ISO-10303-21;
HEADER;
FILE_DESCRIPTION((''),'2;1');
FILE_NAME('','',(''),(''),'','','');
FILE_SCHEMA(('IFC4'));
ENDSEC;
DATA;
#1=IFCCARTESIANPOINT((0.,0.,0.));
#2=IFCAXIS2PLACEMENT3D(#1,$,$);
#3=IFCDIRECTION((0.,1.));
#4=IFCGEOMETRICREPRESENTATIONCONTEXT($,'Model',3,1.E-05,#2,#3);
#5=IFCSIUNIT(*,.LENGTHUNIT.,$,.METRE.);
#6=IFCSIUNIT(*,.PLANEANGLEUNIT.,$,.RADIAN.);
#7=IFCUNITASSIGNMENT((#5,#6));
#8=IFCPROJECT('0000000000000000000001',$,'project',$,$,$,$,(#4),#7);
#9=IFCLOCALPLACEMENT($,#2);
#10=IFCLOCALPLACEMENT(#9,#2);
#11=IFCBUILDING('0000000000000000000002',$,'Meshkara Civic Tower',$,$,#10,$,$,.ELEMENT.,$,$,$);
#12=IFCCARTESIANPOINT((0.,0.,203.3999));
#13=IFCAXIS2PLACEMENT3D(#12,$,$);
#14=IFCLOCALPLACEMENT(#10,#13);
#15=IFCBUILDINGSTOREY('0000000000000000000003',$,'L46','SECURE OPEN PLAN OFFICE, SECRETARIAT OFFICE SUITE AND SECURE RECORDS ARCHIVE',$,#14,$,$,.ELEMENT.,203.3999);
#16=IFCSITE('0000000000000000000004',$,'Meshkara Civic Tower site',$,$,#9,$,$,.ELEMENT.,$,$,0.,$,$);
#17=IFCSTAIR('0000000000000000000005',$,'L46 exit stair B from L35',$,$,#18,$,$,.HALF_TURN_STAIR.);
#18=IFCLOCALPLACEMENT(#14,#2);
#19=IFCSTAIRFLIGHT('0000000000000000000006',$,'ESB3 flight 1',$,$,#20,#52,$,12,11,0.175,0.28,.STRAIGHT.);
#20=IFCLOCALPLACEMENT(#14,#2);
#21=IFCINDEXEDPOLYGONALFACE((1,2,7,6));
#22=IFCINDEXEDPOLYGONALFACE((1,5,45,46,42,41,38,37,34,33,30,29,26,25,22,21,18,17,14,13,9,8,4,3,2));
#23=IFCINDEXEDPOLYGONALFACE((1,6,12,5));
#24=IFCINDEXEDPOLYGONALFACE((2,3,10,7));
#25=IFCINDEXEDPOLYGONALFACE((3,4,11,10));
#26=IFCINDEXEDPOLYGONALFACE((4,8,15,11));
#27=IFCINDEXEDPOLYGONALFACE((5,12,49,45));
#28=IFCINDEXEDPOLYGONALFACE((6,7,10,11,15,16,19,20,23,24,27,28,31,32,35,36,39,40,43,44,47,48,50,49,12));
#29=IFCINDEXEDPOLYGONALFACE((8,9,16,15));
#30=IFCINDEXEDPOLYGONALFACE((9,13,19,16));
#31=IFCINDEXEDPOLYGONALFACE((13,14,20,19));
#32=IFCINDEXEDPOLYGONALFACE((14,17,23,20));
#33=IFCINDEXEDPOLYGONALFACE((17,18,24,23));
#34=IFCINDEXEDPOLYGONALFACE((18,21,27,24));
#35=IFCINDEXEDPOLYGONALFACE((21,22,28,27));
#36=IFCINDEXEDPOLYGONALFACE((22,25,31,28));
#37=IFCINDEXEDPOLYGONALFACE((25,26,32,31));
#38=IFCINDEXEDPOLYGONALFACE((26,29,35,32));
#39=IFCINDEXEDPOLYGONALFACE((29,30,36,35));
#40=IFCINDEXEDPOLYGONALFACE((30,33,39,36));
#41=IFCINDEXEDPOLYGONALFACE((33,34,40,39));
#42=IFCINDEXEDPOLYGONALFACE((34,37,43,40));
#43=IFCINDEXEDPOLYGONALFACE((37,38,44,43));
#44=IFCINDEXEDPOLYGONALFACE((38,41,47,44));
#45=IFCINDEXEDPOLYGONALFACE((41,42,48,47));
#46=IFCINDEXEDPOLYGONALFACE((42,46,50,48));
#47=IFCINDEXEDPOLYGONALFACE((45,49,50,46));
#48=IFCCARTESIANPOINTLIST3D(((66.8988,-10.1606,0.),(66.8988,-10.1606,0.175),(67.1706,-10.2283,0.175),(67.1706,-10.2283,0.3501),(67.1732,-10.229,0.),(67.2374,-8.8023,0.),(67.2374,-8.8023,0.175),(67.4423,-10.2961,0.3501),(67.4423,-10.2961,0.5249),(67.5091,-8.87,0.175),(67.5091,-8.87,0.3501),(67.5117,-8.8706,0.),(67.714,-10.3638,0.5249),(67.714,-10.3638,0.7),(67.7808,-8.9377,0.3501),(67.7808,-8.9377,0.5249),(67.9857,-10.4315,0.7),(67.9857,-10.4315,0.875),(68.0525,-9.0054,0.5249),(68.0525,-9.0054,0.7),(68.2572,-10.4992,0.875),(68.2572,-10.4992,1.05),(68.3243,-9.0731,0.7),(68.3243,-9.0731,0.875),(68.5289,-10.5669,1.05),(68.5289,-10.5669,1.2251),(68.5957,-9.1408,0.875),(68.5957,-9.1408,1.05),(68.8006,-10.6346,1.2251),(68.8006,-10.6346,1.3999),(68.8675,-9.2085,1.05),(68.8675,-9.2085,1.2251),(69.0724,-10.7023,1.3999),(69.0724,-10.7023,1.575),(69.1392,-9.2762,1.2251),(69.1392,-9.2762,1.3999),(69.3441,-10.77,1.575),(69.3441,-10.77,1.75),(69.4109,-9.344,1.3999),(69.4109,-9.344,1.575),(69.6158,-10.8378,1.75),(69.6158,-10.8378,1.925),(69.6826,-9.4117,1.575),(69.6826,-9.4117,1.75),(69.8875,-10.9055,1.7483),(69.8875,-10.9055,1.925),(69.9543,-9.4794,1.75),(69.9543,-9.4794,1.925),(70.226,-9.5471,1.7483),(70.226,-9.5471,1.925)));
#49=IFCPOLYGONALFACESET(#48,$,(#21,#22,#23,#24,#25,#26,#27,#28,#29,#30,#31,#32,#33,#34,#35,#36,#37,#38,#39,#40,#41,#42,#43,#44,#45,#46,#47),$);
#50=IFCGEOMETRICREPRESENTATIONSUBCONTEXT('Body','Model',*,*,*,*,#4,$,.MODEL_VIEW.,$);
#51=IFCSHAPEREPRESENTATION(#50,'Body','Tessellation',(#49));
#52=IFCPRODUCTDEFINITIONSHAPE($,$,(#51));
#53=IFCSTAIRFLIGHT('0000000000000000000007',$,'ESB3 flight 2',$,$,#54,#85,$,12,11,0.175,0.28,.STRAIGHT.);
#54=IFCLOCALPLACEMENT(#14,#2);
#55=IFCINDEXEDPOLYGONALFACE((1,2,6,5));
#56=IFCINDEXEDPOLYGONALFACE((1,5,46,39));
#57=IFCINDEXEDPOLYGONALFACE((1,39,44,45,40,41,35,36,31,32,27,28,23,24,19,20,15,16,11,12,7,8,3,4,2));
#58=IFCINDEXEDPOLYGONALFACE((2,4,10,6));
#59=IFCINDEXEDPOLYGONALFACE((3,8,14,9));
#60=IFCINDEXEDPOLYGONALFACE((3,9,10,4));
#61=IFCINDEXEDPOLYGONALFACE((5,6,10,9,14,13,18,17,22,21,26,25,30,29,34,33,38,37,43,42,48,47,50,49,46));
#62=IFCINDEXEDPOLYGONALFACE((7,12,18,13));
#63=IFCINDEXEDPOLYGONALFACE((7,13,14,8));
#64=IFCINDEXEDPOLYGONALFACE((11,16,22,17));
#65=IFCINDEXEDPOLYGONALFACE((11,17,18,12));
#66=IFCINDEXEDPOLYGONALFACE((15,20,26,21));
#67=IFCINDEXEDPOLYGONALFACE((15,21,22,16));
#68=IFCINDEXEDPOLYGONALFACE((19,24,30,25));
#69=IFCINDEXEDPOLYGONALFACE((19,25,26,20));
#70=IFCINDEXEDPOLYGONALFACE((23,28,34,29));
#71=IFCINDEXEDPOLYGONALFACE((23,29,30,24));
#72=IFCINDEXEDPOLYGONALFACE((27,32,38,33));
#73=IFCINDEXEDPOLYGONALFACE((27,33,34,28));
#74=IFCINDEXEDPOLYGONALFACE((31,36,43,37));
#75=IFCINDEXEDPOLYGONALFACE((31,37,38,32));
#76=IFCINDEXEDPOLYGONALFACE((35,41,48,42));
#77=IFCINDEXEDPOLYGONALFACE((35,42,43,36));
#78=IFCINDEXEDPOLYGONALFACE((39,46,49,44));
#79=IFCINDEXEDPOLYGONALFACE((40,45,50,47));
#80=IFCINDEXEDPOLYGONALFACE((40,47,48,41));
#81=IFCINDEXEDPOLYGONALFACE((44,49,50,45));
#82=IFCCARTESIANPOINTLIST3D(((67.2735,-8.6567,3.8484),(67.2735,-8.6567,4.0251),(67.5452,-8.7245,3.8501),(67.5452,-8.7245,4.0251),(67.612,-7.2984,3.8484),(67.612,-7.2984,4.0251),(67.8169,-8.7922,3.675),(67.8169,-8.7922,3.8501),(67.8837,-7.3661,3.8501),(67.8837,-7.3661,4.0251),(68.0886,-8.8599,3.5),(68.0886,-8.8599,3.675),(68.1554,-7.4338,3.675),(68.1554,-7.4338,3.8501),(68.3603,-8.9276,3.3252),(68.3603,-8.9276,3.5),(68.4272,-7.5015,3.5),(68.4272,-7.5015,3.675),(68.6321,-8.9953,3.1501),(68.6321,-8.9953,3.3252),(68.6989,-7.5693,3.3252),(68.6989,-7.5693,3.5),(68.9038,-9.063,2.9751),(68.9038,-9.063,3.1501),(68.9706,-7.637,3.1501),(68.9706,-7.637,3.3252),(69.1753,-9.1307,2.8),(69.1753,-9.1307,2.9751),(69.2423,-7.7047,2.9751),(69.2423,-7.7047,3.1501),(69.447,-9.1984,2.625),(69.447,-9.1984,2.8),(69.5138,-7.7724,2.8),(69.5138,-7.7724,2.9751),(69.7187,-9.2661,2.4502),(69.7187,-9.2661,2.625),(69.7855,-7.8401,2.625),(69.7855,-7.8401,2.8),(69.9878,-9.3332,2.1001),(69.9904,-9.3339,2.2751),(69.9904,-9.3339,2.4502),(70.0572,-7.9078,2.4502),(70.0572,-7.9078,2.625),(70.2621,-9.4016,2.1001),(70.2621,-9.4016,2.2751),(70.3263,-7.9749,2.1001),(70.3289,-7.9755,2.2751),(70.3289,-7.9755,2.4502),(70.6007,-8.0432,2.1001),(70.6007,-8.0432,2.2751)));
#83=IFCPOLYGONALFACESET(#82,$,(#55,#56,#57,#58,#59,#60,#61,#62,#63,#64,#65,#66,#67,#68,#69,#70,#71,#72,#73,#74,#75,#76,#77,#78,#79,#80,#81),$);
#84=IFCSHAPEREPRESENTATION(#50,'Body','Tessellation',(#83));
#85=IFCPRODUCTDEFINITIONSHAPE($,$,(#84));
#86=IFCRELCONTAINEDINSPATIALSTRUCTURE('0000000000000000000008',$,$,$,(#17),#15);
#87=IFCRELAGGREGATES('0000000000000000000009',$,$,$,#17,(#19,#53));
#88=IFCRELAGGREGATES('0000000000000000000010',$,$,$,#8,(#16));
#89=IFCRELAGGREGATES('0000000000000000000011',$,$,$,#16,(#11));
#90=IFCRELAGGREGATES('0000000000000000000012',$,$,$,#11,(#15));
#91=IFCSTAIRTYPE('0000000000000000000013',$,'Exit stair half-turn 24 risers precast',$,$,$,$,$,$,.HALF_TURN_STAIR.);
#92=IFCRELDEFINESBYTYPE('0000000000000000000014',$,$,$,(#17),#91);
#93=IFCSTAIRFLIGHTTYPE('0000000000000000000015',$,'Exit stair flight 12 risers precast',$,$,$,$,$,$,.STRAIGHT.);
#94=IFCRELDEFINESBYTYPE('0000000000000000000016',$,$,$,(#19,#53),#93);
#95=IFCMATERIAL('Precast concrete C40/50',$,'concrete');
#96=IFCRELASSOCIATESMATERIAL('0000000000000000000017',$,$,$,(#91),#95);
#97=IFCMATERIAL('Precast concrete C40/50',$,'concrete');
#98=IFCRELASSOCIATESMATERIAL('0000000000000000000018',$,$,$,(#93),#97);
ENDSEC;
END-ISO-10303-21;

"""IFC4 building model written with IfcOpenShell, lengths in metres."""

from ifc_helpers import new_model, si_unit, direction, frame, origin, place, context, subcontext, project, spatial, polyline, outline, extrude, material, type_object, element, aggregate, save


model = new_model("IFC4")

# Units and contexts
model_context = context("Model", 3, precision=1e-05, world=origin(), true_north=direction((0.0, 1.0)))
body_context = subcontext(model_context, "Body", "Model", "MODEL_VIEW")
ifc_project = project(units=[si_unit("LENGTHUNIT", "METRE"), si_unit("PLANEANGLEUNIT", "RADIAN")], contexts=[model_context])

# Site, building, storey
site_placement = place(None, origin())
site = spatial("IfcSite", under=ifc_project, at=site_placement, Name="Meshkara Civic Tower site", CompositionType="ELEMENT", RefElevation=0.0)
building_placement = place(site_placement, origin())
building = spatial("IfcBuilding", under=site, at=building_placement, Name="Meshkara Civic Tower", CompositionType="ELEMENT")
storey_placement = place(building_placement, frame((0.0, 0.0, 203.3999)))
storey = spatial("IfcBuildingStorey", under=building, at=storey_placement, Name="L46", Description="SECURE OPEN PLAN OFFICE, SECRETARIAT OFFICE SUITE AND SECURE RECORDS ARCHIVE", CompositionType="ELEMENT", Elevation=203.3999)

# Stair, stair flights
ifc_material_1 = material(Name="Precast concrete C40/50", Category="concrete")
stair_type = type_object("IfcStairType", Name="Exit stair half-turn 24 risers precast", PredefinedType="HALF_TURN_STAIR", material=ifc_material_1)
stair_placement = place(storey_placement, origin())
stair = element("IfcStair", 1, at=stair_placement, inside=storey, type_object=stair_type, Name="L46 exit stair B from L35", PredefinedType="HALF_TURN_STAIR")
ifc_material_2 = material(Name="Precast concrete C40/50", Category="concrete")
stair_flight_type = type_object("IfcStairFlightType", Name="Exit stair flight 12 risers precast", PredefinedType="STRAIGHT", material=ifc_material_2)
stair_flight_1_placement = place(storey_placement, frame((67.0681, -9.4814, 0.0), z_axis=(0.0, 0.0, 1.0), x_axis=(0.970319, -0.24183, 0.0)))
stair_flight_1 = element("IfcStairFlight", 2, at=stair_flight_1_placement, type_object=stair_flight_type, Name="ESB3 flight 1", NumberOfRisers=12, NumberOfTreads=11, PredefinedType="STRAIGHT", RiserHeight=0.175, TreadLength=0.28, context=body_context, shape_type="SweptSolid", body=[
    extrude(outline(polyline([(0.0, 0.0), (0.0, 0.175), (0.28, 0.175), (0.28, 0.3501), (0.5601, 0.3501), (0.5601, 0.5249), (0.8401, 0.5249), (0.8401, 0.7), (1.1201, 0.7), (1.1201, 0.875), (1.3999, 0.875), (1.3999, 1.05), (1.6799, 1.05), (1.6799, 1.2251), (1.96, 1.2251), (1.96, 1.3999), (2.24, 1.3999), (2.24, 1.575), (2.52, 1.575), (2.52, 1.75), (2.8, 1.75), (2.8, 1.925), (3.0801, 1.925), (3.0801, 2.1001), (3.0801, 1.7483), (0.2827, 0.0), (0.0, 0.0)])), frame((0.0, 0.7, 0.0), z_axis=(0.0, -1.0, 0.0), x_axis=(1.0, 0.0, 0.0)), (0.0, 0.0, 1.0), 1.3999),
])
stair_flight_2_placement = place(storey_placement, frame((70.4314, -8.7224, 2.1001), z_axis=(0.0, 0.0, 1.0), x_axis=(-0.970319, 0.24183, 0.0)))
stair_flight_2 = element("IfcStairFlight", 3, at=stair_flight_2_placement, type_object=stair_flight_type, Name="ESB3 flight 2", NumberOfRisers=12, NumberOfTreads=11, PredefinedType="STRAIGHT", RiserHeight=0.175, TreadLength=0.28, context=body_context, shape_type="SweptSolid", body=[
    extrude(outline(polyline([(0.0, 0.0), (0.0, 0.175), (0.28, 0.175), (0.28, 0.3501), (0.5601, 0.3501), (0.5601, 0.5249), (0.8401, 0.5249), (0.8401, 0.7), (1.1201, 0.7), (1.1201, 0.875), (1.3999, 0.875), (1.3999, 1.05), (1.6799, 1.05), (1.6799, 1.2251), (1.96, 1.2251), (1.96, 1.3999), (2.24, 1.3999), (2.24, 1.575), (2.52, 1.575), (2.52, 1.75), (2.8, 1.75), (2.8, 1.925), (3.0801, 1.925), (3.0801, 2.1001), (3.0801, 1.7483), (0.2827, 0.0), (0.0, 0.0)])), frame((0.0, 0.7, 0.0), z_axis=(0.0, -1.0, 0.0), x_axis=(1.0, 0.0, 0.0)), (0.0, 0.0, 1.0), 1.3999),
])
aggregate(stair, [stair_flight_1, stair_flight_2])

save(model, "model.ifc")
